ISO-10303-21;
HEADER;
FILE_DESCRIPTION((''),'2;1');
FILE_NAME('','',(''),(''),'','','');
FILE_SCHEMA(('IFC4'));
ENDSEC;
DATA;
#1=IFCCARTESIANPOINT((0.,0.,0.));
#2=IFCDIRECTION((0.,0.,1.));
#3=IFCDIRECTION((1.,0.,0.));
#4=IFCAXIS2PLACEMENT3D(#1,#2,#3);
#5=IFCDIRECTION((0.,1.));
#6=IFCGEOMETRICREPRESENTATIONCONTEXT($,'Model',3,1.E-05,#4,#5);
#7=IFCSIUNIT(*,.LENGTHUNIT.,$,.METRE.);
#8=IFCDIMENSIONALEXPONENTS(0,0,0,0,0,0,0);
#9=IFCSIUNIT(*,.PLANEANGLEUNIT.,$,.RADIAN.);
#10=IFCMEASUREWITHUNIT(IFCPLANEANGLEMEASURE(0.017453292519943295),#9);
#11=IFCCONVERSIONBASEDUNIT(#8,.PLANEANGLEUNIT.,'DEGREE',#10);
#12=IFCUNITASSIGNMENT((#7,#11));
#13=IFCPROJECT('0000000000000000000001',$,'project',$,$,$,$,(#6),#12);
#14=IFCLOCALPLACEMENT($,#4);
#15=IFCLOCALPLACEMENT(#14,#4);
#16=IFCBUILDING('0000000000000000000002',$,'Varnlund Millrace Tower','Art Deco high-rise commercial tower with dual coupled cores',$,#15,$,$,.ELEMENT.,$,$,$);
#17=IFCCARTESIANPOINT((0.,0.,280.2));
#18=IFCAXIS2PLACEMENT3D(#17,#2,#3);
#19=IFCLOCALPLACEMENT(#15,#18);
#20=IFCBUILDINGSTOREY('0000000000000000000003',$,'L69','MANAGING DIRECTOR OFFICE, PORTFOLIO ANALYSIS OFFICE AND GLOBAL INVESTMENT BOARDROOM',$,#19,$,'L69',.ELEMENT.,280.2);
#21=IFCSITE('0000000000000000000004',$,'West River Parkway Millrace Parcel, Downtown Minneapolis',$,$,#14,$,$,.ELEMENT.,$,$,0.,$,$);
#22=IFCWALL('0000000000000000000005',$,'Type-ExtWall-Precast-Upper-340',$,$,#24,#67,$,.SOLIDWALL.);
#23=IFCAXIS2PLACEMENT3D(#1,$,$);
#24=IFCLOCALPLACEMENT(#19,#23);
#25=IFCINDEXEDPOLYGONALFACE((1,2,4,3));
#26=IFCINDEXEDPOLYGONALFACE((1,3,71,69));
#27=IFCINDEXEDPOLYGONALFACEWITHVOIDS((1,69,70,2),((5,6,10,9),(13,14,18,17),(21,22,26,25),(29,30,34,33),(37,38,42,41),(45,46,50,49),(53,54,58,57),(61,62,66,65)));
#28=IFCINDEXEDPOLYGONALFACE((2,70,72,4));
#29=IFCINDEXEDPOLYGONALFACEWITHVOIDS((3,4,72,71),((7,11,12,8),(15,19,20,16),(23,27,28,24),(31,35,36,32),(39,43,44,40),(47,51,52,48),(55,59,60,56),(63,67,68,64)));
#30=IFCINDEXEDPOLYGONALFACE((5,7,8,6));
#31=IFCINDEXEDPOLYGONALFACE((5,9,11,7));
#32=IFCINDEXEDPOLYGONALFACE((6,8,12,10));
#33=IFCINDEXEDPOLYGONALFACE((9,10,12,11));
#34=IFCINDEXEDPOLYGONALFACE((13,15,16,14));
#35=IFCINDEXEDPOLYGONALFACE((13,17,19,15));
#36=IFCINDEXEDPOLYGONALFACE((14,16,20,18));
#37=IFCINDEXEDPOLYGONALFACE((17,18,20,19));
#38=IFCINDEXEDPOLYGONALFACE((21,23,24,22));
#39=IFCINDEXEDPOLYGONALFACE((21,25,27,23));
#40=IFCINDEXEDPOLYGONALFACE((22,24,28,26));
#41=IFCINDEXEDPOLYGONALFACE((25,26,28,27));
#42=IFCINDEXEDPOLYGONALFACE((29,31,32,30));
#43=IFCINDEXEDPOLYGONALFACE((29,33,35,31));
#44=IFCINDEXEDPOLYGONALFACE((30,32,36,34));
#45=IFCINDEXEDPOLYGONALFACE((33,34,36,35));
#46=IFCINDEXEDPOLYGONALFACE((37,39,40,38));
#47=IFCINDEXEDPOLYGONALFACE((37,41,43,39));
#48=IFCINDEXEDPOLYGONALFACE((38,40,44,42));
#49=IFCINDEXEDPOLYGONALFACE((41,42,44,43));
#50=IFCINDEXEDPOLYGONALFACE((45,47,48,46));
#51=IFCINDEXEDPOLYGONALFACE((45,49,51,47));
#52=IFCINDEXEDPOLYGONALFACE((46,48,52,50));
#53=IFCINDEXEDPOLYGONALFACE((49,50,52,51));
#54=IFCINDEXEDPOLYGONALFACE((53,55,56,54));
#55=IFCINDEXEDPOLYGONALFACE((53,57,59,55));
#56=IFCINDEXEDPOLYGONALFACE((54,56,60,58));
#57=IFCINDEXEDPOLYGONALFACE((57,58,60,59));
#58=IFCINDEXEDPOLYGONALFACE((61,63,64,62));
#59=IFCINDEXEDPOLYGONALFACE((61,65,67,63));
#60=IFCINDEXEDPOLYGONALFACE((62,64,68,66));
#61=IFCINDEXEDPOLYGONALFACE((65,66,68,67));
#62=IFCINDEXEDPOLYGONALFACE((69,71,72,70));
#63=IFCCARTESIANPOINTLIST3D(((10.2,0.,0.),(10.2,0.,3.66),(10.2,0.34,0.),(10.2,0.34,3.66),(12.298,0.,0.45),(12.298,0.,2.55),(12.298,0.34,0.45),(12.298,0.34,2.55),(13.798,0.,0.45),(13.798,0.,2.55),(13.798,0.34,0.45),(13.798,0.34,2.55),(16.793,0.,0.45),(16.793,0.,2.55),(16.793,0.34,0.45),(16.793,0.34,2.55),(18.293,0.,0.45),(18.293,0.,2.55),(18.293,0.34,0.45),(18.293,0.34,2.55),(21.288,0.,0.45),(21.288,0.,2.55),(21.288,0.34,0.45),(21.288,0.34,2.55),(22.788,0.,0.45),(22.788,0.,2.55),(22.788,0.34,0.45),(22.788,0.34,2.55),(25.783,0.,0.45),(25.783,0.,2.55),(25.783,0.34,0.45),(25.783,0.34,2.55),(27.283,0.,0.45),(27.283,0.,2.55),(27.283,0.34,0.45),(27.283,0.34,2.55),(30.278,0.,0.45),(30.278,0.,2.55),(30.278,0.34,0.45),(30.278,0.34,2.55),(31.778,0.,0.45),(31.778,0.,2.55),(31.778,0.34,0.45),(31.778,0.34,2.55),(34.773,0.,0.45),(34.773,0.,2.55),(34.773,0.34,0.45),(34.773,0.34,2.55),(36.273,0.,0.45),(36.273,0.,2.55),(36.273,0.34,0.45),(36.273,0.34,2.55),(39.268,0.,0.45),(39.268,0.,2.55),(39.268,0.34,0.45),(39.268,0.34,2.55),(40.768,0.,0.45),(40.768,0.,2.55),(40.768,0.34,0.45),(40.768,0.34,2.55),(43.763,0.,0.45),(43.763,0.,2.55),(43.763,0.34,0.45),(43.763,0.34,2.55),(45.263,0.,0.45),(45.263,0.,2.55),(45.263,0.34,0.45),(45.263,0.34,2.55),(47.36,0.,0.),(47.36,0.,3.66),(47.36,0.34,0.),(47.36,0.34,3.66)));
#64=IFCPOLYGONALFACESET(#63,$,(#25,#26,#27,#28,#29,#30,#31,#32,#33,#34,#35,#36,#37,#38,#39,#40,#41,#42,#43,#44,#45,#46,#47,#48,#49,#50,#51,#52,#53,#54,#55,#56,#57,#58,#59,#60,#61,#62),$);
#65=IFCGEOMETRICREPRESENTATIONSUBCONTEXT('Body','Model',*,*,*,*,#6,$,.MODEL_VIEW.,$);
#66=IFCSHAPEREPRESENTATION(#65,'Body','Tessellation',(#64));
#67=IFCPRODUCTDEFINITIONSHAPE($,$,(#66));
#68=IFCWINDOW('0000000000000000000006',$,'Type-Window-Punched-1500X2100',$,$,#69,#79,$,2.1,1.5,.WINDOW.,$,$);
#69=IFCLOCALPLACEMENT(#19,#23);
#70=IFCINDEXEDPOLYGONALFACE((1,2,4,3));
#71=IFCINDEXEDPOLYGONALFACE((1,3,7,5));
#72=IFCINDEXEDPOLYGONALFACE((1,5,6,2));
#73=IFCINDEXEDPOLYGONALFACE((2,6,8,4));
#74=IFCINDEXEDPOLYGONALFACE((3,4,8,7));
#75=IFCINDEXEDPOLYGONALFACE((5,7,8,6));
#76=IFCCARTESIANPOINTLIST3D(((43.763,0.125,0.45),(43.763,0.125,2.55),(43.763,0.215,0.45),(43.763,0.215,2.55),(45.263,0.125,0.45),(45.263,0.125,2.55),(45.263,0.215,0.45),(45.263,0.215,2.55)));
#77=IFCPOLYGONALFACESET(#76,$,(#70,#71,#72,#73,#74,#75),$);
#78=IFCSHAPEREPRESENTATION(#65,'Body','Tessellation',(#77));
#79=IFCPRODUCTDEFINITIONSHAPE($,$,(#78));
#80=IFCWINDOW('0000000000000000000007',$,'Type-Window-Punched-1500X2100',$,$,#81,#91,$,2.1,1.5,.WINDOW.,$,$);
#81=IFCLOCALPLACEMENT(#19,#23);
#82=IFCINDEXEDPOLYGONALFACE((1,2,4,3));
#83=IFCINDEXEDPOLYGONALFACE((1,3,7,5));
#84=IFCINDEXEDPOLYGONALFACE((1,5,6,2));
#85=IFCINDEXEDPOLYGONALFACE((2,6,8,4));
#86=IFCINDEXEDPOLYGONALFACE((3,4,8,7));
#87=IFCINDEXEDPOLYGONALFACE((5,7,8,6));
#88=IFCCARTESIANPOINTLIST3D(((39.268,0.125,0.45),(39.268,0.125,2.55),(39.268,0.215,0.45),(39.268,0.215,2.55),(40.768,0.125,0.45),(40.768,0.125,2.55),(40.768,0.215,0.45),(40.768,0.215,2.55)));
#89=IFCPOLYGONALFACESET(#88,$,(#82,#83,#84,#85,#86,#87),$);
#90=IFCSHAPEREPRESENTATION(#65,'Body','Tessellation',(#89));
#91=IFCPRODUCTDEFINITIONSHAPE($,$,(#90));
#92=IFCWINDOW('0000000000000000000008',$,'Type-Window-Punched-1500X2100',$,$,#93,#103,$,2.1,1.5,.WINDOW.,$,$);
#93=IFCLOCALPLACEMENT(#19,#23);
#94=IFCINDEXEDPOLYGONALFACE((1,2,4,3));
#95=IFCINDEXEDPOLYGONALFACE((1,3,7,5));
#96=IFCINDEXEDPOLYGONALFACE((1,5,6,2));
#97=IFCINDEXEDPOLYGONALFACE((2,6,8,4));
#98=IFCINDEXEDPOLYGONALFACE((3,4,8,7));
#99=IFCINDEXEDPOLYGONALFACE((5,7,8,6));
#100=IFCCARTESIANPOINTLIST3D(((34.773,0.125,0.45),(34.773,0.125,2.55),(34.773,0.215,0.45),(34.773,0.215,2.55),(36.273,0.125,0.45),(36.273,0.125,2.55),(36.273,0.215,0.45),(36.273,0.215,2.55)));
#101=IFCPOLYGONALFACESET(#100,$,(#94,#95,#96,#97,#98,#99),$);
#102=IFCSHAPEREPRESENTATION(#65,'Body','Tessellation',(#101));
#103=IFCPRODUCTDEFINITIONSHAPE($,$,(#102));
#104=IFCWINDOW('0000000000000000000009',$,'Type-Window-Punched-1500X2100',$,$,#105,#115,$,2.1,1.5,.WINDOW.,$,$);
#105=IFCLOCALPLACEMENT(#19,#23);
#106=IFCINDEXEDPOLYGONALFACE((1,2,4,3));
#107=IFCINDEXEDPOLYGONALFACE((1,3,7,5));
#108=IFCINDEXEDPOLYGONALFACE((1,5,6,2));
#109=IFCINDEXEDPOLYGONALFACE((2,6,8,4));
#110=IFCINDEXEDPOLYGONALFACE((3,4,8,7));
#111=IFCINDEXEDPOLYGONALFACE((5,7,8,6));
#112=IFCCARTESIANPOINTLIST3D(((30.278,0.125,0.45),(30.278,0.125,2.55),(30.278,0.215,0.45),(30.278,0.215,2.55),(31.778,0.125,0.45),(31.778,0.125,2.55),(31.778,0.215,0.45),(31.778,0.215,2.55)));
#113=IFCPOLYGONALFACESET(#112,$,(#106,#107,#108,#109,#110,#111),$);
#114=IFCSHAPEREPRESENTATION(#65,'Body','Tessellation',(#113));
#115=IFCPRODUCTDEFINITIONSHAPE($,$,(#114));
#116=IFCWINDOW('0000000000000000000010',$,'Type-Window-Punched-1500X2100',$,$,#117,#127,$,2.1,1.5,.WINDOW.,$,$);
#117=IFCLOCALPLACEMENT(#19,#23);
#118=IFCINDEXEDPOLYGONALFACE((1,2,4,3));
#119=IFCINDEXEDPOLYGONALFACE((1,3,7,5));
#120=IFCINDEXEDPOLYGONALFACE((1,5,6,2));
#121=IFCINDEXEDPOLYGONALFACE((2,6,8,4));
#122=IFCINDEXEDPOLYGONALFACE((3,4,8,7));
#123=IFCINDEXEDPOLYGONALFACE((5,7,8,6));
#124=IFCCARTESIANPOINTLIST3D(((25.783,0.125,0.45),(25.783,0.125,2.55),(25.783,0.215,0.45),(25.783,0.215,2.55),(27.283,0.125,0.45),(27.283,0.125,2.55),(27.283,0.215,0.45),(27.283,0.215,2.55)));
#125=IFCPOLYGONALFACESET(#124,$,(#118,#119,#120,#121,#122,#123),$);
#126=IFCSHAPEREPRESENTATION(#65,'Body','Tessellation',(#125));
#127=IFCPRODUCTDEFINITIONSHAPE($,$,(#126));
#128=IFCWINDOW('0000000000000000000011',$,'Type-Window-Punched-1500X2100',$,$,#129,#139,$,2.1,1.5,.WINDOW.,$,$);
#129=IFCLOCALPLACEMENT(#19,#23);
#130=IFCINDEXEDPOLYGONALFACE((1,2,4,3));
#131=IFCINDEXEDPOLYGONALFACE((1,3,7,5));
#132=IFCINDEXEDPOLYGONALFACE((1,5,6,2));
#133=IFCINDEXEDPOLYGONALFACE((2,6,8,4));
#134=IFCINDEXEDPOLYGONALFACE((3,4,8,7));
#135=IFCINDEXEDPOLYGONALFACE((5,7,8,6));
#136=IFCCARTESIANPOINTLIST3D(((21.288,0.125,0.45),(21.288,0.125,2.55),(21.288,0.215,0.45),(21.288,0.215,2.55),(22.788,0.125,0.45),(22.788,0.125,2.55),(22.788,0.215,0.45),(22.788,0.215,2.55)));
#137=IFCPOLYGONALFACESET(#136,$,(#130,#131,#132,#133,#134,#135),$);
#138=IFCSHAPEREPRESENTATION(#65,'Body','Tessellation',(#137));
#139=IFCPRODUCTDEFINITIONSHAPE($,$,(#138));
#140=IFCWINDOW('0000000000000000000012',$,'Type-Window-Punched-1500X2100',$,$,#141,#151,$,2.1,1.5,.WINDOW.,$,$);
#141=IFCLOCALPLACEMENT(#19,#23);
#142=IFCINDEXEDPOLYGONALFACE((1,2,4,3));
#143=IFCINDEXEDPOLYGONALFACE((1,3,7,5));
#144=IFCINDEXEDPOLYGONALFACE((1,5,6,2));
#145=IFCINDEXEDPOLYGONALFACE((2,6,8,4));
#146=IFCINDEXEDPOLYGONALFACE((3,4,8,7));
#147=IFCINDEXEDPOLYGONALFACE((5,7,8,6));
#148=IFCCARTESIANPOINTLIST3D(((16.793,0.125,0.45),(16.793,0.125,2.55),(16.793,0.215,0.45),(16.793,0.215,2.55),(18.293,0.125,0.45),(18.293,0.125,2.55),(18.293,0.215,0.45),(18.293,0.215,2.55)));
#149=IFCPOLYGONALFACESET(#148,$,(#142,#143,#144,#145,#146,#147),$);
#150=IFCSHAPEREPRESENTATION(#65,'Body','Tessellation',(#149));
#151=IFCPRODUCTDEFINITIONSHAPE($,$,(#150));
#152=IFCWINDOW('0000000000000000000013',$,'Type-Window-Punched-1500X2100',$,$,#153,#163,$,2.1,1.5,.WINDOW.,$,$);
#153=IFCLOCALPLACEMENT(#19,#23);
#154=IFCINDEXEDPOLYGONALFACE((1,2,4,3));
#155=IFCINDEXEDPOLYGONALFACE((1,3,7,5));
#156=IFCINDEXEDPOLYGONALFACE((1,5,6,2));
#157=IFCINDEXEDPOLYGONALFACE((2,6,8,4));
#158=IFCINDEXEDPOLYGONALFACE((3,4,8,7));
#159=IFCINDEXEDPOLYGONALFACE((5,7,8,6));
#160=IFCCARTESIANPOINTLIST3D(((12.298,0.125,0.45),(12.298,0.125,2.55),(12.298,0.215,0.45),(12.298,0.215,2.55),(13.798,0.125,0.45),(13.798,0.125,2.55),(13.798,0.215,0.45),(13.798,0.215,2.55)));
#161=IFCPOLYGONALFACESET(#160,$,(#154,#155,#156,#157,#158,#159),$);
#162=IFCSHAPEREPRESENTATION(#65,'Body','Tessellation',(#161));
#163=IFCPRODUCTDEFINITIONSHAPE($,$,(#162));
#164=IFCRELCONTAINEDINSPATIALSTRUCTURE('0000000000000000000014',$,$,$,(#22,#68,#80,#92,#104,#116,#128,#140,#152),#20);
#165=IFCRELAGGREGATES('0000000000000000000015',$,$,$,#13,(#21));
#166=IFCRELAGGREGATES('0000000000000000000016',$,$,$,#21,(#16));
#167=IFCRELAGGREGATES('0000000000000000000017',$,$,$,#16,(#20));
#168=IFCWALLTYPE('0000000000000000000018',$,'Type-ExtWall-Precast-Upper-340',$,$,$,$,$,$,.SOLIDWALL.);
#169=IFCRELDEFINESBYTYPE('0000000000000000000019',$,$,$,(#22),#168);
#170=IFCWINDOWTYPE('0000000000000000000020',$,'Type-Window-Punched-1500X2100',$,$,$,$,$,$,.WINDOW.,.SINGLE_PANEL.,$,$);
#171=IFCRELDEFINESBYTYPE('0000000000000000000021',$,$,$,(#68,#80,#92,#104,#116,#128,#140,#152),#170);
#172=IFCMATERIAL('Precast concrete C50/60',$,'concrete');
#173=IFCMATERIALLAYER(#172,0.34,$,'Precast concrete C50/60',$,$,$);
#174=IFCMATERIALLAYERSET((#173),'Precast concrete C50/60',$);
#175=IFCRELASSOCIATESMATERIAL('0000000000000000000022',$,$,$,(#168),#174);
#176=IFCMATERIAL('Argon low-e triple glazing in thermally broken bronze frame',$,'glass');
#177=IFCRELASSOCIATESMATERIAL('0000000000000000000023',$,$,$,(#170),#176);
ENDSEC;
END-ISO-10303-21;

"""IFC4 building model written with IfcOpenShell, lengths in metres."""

from ifc_helpers import new_model, entity, si_unit, converted_unit, direction, frame, origin_with_axes, origin_2d_with_axis, place, context, subcontext, project, spatial, polyline, rectangle, outline, extrude, material, layer, layer_set, type_object, element, fill, save


model = new_model("IFC4")

# Units and contexts
model_context = context("Model", 3, precision=1e-05, world=origin_with_axes(), true_north=direction((0.0, 1.0)))
body_context = subcontext(model_context, "Body", "Model", "MODEL_VIEW")
ifc_project = project(units=[si_unit("LENGTHUNIT", "METRE"), converted_unit("PLANEANGLEUNIT", "DEGREE", entity("IfcPlaneAngleMeasure", 0.017453292519943295), si_unit("PLANEANGLEUNIT", "RADIAN"), dimensions=[0, 0, 0, 0, 0, 0, 0])], contexts=[model_context])

# Site, building, storey
site_placement = place(None, origin_with_axes())
site = spatial("IfcSite", under=ifc_project, at=site_placement, Name="West River Parkway Millrace Parcel, Downtown Minneapolis", CompositionType="ELEMENT", RefElevation=0.0)
building_placement = place(site_placement, origin_with_axes())
building = spatial("IfcBuilding", under=site, at=building_placement, Name="Varnlund Millrace Tower", Description="Art Deco high-rise commercial tower with dual coupled cores", CompositionType="ELEMENT")
storey_placement = place(building_placement, frame((0.0, 0.0, 280.2), z_axis=(0.0, 0.0, 1.0), x_axis=(1.0, 0.0, 0.0)))
storey = spatial("IfcBuildingStorey", under=building, at=storey_placement, Name="L69", Description="MANAGING DIRECTOR OFFICE, PORTFOLIO ANALYSIS OFFICE AND GLOBAL INVESTMENT BOARDROOM", LongName="L69", CompositionType="ELEMENT", Elevation=280.2)

# Shared definitions
ifc_material_1 = material(Name="Precast concrete C50/60", Category="concrete")
ifc_layer_1 = layer(ifc_material_1, 0.34, Name="Precast concrete C50/60")
ifc_layer_set_1 = layer_set([ifc_layer_1], Name="Precast concrete C50/60")
wall_type_1 = type_object("IfcWallType", Name="Type-ExtWall-Precast-Upper-340", PredefinedType="SOLIDWALL", material=ifc_layer_set_1)

# Wall, openings, windows
wall_1_placement = place(storey_placement, frame((47.36, 0.17, 0.0), z_axis=(0.0, 0.0, 1.0), x_axis=(-1.0, 0.0, 0.0)))
wall_1 = element("IfcWall", 1, at=wall_1_placement, inside=storey, type_object=wall_type_1, Name="Type-ExtWall-Precast-Upper-340", PredefinedType="SOLIDWALL", context=body_context, shape_type="SweptSolid", body=[
    extrude(outline(polyline([(0.0, -0.17), (37.16, -0.17), (37.16, 0.17), (0.0, 0.17), (0.0, -0.17)])), origin_with_axes(), (0.0, 0.0, 1.0), 3.66),
])
opening_1_placement = place(wall_1_placement, frame((2.847, 0.0, 0.45), z_axis=(0.0, 0.0, 1.0), x_axis=(1.0, 0.0, 0.0)))
opening_1 = element("IfcOpeningElement", 2, at=opening_1_placement, cuts=wall_1, PredefinedType="OPENING", context=body_context, shape_type="SweptSolid", body=[
    extrude(rectangle(XDim=1.5, YDim=0.36, at=origin_2d_with_axis()), origin_with_axes(), (0.0, 0.0, 1.0), 2.1),
])
opening_2_placement = place(wall_1_placement, frame((7.342, 0.0, 0.45), z_axis=(0.0, 0.0, 1.0), x_axis=(1.0, 0.0, 0.0)))
opening_2 = element("IfcOpeningElement", 3, at=opening_2_placement, cuts=wall_1, PredefinedType="OPENING", context=body_context, shape_type="SweptSolid", body=[
    extrude(rectangle(XDim=1.5, YDim=0.36, at=origin_2d_with_axis()), origin_with_axes(), (0.0, 0.0, 1.0), 2.1),
])
opening_3_placement = place(wall_1_placement, frame((11.837, 0.0, 0.45), z_axis=(0.0, 0.0, 1.0), x_axis=(1.0, 0.0, 0.0)))
opening_3 = element("IfcOpeningElement", 4, at=opening_3_placement, cuts=wall_1, PredefinedType="OPENING", context=body_context, shape_type="SweptSolid", body=[
    extrude(rectangle(XDim=1.5, YDim=0.36, at=origin_2d_with_axis()), origin_with_axes(), (0.0, 0.0, 1.0), 2.1),
])
opening_4_placement = place(wall_1_placement, frame((16.332, 0.0, 0.45), z_axis=(0.0, 0.0, 1.0), x_axis=(1.0, 0.0, 0.0)))
opening_4 = element("IfcOpeningElement", 5, at=opening_4_placement, cuts=wall_1, PredefinedType="OPENING", context=body_context, shape_type="SweptSolid", body=[
    extrude(rectangle(XDim=1.5, YDim=0.36, at=origin_2d_with_axis()), origin_with_axes(), (0.0, 0.0, 1.0), 2.1),
])
opening_5_placement = place(wall_1_placement, frame((20.827, 0.0, 0.45), z_axis=(0.0, 0.0, 1.0), x_axis=(1.0, 0.0, 0.0)))
opening_5 = element("IfcOpeningElement", 6, at=opening_5_placement, cuts=wall_1, PredefinedType="OPENING", context=body_context, shape_type="SweptSolid", body=[
    extrude(rectangle(XDim=1.5, YDim=0.36, at=origin_2d_with_axis()), origin_with_axes(), (0.0, 0.0, 1.0), 2.1),
])
opening_6_placement = place(wall_1_placement, frame((25.322, 0.0, 0.45), z_axis=(0.0, 0.0, 1.0), x_axis=(1.0, 0.0, 0.0)))
opening_6 = element("IfcOpeningElement", 7, at=opening_6_placement, cuts=wall_1, PredefinedType="OPENING", context=body_context, shape_type="SweptSolid", body=[
    extrude(rectangle(XDim=1.5, YDim=0.36, at=origin_2d_with_axis()), origin_with_axes(), (0.0, 0.0, 1.0), 2.1),
])
opening_7_placement = place(wall_1_placement, frame((29.817, 0.0, 0.45), z_axis=(0.0, 0.0, 1.0), x_axis=(1.0, 0.0, 0.0)))
opening_7 = element("IfcOpeningElement", 8, at=opening_7_placement, cuts=wall_1, PredefinedType="OPENING", context=body_context, shape_type="SweptSolid", body=[
    extrude(rectangle(XDim=1.5, YDim=0.36, at=origin_2d_with_axis()), origin_with_axes(), (0.0, 0.0, 1.0), 2.1),
])
opening_8_placement = place(wall_1_placement, frame((34.312, 0.0, 0.45), z_axis=(0.0, 0.0, 1.0), x_axis=(1.0, 0.0, 0.0)))
opening_8 = element("IfcOpeningElement", 9, at=opening_8_placement, cuts=wall_1, PredefinedType="OPENING", context=body_context, shape_type="SweptSolid", body=[
    extrude(rectangle(XDim=1.5, YDim=0.36, at=origin_2d_with_axis()), origin_with_axes(), (0.0, 0.0, 1.0), 2.1),
])
ifc_material_2 = material(Name="Argon low-e triple glazing in thermally broken bronze frame", Category="glass")
window_type = type_object("IfcWindowType", Name="Type-Window-Punched-1500X2100", PartitioningType="SINGLE_PANEL", PredefinedType="WINDOW", material=ifc_material_2)
window_1_placement = place(wall_1_placement, frame((2.847, 0.0, 0.45), z_axis=(0.0, 0.0, 1.0), x_axis=(1.0, 0.0, 0.0)))
window_1 = element("IfcWindow", 10, at=window_1_placement, inside=storey, type_object=window_type, Name="Type-Window-Punched-1500X2100", OverallHeight=2.1, OverallWidth=1.5, PredefinedType="WINDOW", context=body_context, shape_type="SweptSolid", body=[
    extrude(rectangle(XDim=1.5, YDim=0.09, at=origin_2d_with_axis()), origin_with_axes(), (0.0, 0.0, 1.0), 2.1),
])
fill(opening_1, window_1)
window_2_placement = place(wall_1_placement, frame((7.342, 0.0, 0.45), z_axis=(0.0, 0.0, 1.0), x_axis=(1.0, 0.0, 0.0)))
window_2 = element("IfcWindow", 11, at=window_2_placement, inside=storey, type_object=window_type, Name="Type-Window-Punched-1500X2100", OverallHeight=2.1, OverallWidth=1.5, PredefinedType="WINDOW", context=body_context, shape_type="SweptSolid", body=[
    extrude(rectangle(XDim=1.5, YDim=0.09, at=origin_2d_with_axis()), origin_with_axes(), (0.0, 0.0, 1.0), 2.1),
])
fill(opening_2, window_2)
window_3_placement = place(wall_1_placement, frame((11.837, 0.0, 0.45), z_axis=(0.0, 0.0, 1.0), x_axis=(1.0, 0.0, 0.0)))
window_3 = element("IfcWindow", 12, at=window_3_placement, inside=storey, type_object=window_type, Name="Type-Window-Punched-1500X2100", OverallHeight=2.1, OverallWidth=1.5, PredefinedType="WINDOW", context=body_context, shape_type="SweptSolid", body=[
    extrude(rectangle(XDim=1.5, YDim=0.09, at=origin_2d_with_axis()), origin_with_axes(), (0.0, 0.0, 1.0), 2.1),
])
fill(opening_3, window_3)
window_4_placement = place(wall_1_placement, frame((16.332, 0.0, 0.45), z_axis=(0.0, 0.0, 1.0), x_axis=(1.0, 0.0, 0.0)))
window_4 = element("IfcWindow", 13, at=window_4_placement, inside=storey, type_object=window_type, Name="Type-Window-Punched-1500X2100", OverallHeight=2.1, OverallWidth=1.5, PredefinedType="WINDOW", context=body_context, shape_type="SweptSolid", body=[
    extrude(rectangle(XDim=1.5, YDim=0.09, at=origin_2d_with_axis()), origin_with_axes(), (0.0, 0.0, 1.0), 2.1),
])
fill(opening_4, window_4)
window_5_placement = place(wall_1_placement, frame((20.827, 0.0, 0.45), z_axis=(0.0, 0.0, 1.0), x_axis=(1.0, 0.0, 0.0)))
window_5 = element("IfcWindow", 14, at=window_5_placement, inside=storey, type_object=window_type, Name="Type-Window-Punched-1500X2100", OverallHeight=2.1, OverallWidth=1.5, PredefinedType="WINDOW", context=body_context, shape_type="SweptSolid", body=[
    extrude(rectangle(XDim=1.5, YDim=0.09, at=origin_2d_with_axis()), origin_with_axes(), (0.0, 0.0, 1.0), 2.1),
])
fill(opening_5, window_5)
window_6_placement = place(wall_1_placement, frame((25.322, 0.0, 0.45), z_axis=(0.0, 0.0, 1.0), x_axis=(1.0, 0.0, 0.0)))
window_6 = element("IfcWindow", 15, at=window_6_placement, inside=storey, type_object=window_type, Name="Type-Window-Punched-1500X2100", OverallHeight=2.1, OverallWidth=1.5, PredefinedType="WINDOW", context=body_context, shape_type="SweptSolid", body=[
    extrude(rectangle(XDim=1.5, YDim=0.09, at=origin_2d_with_axis()), origin_with_axes(), (0.0, 0.0, 1.0), 2.1),
])
fill(opening_6, window_6)
window_7_placement = place(wall_1_placement, frame((29.817, 0.0, 0.45), z_axis=(0.0, 0.0, 1.0), x_axis=(1.0, 0.0, 0.0)))
window_7 = element("IfcWindow", 16, at=window_7_placement, inside=storey, type_object=window_type, Name="Type-Window-Punched-1500X2100", OverallHeight=2.1, OverallWidth=1.5, PredefinedType="WINDOW", context=body_context, shape_type="SweptSolid", body=[
    extrude(rectangle(XDim=1.5, YDim=0.09, at=origin_2d_with_axis()), origin_with_axes(), (0.0, 0.0, 1.0), 2.1),
])
fill(opening_7, window_7)
window_8_placement = place(wall_1_placement, frame((34.312, 0.0, 0.45), z_axis=(0.0, 0.0, 1.0), x_axis=(1.0, 0.0, 0.0)))
window_8 = element("IfcWindow", 17, at=window_8_placement, inside=storey, type_object=window_type, Name="Type-Window-Punched-1500X2100", OverallHeight=2.1, OverallWidth=1.5, PredefinedType="WINDOW", context=body_context, shape_type="SweptSolid", body=[
    extrude(rectangle(XDim=1.5, YDim=0.09, at=origin_2d_with_axis()), origin_with_axes(), (0.0, 0.0, 1.0), 2.1),
])
fill(opening_8, window_8)

save(model, "model.ifc")
